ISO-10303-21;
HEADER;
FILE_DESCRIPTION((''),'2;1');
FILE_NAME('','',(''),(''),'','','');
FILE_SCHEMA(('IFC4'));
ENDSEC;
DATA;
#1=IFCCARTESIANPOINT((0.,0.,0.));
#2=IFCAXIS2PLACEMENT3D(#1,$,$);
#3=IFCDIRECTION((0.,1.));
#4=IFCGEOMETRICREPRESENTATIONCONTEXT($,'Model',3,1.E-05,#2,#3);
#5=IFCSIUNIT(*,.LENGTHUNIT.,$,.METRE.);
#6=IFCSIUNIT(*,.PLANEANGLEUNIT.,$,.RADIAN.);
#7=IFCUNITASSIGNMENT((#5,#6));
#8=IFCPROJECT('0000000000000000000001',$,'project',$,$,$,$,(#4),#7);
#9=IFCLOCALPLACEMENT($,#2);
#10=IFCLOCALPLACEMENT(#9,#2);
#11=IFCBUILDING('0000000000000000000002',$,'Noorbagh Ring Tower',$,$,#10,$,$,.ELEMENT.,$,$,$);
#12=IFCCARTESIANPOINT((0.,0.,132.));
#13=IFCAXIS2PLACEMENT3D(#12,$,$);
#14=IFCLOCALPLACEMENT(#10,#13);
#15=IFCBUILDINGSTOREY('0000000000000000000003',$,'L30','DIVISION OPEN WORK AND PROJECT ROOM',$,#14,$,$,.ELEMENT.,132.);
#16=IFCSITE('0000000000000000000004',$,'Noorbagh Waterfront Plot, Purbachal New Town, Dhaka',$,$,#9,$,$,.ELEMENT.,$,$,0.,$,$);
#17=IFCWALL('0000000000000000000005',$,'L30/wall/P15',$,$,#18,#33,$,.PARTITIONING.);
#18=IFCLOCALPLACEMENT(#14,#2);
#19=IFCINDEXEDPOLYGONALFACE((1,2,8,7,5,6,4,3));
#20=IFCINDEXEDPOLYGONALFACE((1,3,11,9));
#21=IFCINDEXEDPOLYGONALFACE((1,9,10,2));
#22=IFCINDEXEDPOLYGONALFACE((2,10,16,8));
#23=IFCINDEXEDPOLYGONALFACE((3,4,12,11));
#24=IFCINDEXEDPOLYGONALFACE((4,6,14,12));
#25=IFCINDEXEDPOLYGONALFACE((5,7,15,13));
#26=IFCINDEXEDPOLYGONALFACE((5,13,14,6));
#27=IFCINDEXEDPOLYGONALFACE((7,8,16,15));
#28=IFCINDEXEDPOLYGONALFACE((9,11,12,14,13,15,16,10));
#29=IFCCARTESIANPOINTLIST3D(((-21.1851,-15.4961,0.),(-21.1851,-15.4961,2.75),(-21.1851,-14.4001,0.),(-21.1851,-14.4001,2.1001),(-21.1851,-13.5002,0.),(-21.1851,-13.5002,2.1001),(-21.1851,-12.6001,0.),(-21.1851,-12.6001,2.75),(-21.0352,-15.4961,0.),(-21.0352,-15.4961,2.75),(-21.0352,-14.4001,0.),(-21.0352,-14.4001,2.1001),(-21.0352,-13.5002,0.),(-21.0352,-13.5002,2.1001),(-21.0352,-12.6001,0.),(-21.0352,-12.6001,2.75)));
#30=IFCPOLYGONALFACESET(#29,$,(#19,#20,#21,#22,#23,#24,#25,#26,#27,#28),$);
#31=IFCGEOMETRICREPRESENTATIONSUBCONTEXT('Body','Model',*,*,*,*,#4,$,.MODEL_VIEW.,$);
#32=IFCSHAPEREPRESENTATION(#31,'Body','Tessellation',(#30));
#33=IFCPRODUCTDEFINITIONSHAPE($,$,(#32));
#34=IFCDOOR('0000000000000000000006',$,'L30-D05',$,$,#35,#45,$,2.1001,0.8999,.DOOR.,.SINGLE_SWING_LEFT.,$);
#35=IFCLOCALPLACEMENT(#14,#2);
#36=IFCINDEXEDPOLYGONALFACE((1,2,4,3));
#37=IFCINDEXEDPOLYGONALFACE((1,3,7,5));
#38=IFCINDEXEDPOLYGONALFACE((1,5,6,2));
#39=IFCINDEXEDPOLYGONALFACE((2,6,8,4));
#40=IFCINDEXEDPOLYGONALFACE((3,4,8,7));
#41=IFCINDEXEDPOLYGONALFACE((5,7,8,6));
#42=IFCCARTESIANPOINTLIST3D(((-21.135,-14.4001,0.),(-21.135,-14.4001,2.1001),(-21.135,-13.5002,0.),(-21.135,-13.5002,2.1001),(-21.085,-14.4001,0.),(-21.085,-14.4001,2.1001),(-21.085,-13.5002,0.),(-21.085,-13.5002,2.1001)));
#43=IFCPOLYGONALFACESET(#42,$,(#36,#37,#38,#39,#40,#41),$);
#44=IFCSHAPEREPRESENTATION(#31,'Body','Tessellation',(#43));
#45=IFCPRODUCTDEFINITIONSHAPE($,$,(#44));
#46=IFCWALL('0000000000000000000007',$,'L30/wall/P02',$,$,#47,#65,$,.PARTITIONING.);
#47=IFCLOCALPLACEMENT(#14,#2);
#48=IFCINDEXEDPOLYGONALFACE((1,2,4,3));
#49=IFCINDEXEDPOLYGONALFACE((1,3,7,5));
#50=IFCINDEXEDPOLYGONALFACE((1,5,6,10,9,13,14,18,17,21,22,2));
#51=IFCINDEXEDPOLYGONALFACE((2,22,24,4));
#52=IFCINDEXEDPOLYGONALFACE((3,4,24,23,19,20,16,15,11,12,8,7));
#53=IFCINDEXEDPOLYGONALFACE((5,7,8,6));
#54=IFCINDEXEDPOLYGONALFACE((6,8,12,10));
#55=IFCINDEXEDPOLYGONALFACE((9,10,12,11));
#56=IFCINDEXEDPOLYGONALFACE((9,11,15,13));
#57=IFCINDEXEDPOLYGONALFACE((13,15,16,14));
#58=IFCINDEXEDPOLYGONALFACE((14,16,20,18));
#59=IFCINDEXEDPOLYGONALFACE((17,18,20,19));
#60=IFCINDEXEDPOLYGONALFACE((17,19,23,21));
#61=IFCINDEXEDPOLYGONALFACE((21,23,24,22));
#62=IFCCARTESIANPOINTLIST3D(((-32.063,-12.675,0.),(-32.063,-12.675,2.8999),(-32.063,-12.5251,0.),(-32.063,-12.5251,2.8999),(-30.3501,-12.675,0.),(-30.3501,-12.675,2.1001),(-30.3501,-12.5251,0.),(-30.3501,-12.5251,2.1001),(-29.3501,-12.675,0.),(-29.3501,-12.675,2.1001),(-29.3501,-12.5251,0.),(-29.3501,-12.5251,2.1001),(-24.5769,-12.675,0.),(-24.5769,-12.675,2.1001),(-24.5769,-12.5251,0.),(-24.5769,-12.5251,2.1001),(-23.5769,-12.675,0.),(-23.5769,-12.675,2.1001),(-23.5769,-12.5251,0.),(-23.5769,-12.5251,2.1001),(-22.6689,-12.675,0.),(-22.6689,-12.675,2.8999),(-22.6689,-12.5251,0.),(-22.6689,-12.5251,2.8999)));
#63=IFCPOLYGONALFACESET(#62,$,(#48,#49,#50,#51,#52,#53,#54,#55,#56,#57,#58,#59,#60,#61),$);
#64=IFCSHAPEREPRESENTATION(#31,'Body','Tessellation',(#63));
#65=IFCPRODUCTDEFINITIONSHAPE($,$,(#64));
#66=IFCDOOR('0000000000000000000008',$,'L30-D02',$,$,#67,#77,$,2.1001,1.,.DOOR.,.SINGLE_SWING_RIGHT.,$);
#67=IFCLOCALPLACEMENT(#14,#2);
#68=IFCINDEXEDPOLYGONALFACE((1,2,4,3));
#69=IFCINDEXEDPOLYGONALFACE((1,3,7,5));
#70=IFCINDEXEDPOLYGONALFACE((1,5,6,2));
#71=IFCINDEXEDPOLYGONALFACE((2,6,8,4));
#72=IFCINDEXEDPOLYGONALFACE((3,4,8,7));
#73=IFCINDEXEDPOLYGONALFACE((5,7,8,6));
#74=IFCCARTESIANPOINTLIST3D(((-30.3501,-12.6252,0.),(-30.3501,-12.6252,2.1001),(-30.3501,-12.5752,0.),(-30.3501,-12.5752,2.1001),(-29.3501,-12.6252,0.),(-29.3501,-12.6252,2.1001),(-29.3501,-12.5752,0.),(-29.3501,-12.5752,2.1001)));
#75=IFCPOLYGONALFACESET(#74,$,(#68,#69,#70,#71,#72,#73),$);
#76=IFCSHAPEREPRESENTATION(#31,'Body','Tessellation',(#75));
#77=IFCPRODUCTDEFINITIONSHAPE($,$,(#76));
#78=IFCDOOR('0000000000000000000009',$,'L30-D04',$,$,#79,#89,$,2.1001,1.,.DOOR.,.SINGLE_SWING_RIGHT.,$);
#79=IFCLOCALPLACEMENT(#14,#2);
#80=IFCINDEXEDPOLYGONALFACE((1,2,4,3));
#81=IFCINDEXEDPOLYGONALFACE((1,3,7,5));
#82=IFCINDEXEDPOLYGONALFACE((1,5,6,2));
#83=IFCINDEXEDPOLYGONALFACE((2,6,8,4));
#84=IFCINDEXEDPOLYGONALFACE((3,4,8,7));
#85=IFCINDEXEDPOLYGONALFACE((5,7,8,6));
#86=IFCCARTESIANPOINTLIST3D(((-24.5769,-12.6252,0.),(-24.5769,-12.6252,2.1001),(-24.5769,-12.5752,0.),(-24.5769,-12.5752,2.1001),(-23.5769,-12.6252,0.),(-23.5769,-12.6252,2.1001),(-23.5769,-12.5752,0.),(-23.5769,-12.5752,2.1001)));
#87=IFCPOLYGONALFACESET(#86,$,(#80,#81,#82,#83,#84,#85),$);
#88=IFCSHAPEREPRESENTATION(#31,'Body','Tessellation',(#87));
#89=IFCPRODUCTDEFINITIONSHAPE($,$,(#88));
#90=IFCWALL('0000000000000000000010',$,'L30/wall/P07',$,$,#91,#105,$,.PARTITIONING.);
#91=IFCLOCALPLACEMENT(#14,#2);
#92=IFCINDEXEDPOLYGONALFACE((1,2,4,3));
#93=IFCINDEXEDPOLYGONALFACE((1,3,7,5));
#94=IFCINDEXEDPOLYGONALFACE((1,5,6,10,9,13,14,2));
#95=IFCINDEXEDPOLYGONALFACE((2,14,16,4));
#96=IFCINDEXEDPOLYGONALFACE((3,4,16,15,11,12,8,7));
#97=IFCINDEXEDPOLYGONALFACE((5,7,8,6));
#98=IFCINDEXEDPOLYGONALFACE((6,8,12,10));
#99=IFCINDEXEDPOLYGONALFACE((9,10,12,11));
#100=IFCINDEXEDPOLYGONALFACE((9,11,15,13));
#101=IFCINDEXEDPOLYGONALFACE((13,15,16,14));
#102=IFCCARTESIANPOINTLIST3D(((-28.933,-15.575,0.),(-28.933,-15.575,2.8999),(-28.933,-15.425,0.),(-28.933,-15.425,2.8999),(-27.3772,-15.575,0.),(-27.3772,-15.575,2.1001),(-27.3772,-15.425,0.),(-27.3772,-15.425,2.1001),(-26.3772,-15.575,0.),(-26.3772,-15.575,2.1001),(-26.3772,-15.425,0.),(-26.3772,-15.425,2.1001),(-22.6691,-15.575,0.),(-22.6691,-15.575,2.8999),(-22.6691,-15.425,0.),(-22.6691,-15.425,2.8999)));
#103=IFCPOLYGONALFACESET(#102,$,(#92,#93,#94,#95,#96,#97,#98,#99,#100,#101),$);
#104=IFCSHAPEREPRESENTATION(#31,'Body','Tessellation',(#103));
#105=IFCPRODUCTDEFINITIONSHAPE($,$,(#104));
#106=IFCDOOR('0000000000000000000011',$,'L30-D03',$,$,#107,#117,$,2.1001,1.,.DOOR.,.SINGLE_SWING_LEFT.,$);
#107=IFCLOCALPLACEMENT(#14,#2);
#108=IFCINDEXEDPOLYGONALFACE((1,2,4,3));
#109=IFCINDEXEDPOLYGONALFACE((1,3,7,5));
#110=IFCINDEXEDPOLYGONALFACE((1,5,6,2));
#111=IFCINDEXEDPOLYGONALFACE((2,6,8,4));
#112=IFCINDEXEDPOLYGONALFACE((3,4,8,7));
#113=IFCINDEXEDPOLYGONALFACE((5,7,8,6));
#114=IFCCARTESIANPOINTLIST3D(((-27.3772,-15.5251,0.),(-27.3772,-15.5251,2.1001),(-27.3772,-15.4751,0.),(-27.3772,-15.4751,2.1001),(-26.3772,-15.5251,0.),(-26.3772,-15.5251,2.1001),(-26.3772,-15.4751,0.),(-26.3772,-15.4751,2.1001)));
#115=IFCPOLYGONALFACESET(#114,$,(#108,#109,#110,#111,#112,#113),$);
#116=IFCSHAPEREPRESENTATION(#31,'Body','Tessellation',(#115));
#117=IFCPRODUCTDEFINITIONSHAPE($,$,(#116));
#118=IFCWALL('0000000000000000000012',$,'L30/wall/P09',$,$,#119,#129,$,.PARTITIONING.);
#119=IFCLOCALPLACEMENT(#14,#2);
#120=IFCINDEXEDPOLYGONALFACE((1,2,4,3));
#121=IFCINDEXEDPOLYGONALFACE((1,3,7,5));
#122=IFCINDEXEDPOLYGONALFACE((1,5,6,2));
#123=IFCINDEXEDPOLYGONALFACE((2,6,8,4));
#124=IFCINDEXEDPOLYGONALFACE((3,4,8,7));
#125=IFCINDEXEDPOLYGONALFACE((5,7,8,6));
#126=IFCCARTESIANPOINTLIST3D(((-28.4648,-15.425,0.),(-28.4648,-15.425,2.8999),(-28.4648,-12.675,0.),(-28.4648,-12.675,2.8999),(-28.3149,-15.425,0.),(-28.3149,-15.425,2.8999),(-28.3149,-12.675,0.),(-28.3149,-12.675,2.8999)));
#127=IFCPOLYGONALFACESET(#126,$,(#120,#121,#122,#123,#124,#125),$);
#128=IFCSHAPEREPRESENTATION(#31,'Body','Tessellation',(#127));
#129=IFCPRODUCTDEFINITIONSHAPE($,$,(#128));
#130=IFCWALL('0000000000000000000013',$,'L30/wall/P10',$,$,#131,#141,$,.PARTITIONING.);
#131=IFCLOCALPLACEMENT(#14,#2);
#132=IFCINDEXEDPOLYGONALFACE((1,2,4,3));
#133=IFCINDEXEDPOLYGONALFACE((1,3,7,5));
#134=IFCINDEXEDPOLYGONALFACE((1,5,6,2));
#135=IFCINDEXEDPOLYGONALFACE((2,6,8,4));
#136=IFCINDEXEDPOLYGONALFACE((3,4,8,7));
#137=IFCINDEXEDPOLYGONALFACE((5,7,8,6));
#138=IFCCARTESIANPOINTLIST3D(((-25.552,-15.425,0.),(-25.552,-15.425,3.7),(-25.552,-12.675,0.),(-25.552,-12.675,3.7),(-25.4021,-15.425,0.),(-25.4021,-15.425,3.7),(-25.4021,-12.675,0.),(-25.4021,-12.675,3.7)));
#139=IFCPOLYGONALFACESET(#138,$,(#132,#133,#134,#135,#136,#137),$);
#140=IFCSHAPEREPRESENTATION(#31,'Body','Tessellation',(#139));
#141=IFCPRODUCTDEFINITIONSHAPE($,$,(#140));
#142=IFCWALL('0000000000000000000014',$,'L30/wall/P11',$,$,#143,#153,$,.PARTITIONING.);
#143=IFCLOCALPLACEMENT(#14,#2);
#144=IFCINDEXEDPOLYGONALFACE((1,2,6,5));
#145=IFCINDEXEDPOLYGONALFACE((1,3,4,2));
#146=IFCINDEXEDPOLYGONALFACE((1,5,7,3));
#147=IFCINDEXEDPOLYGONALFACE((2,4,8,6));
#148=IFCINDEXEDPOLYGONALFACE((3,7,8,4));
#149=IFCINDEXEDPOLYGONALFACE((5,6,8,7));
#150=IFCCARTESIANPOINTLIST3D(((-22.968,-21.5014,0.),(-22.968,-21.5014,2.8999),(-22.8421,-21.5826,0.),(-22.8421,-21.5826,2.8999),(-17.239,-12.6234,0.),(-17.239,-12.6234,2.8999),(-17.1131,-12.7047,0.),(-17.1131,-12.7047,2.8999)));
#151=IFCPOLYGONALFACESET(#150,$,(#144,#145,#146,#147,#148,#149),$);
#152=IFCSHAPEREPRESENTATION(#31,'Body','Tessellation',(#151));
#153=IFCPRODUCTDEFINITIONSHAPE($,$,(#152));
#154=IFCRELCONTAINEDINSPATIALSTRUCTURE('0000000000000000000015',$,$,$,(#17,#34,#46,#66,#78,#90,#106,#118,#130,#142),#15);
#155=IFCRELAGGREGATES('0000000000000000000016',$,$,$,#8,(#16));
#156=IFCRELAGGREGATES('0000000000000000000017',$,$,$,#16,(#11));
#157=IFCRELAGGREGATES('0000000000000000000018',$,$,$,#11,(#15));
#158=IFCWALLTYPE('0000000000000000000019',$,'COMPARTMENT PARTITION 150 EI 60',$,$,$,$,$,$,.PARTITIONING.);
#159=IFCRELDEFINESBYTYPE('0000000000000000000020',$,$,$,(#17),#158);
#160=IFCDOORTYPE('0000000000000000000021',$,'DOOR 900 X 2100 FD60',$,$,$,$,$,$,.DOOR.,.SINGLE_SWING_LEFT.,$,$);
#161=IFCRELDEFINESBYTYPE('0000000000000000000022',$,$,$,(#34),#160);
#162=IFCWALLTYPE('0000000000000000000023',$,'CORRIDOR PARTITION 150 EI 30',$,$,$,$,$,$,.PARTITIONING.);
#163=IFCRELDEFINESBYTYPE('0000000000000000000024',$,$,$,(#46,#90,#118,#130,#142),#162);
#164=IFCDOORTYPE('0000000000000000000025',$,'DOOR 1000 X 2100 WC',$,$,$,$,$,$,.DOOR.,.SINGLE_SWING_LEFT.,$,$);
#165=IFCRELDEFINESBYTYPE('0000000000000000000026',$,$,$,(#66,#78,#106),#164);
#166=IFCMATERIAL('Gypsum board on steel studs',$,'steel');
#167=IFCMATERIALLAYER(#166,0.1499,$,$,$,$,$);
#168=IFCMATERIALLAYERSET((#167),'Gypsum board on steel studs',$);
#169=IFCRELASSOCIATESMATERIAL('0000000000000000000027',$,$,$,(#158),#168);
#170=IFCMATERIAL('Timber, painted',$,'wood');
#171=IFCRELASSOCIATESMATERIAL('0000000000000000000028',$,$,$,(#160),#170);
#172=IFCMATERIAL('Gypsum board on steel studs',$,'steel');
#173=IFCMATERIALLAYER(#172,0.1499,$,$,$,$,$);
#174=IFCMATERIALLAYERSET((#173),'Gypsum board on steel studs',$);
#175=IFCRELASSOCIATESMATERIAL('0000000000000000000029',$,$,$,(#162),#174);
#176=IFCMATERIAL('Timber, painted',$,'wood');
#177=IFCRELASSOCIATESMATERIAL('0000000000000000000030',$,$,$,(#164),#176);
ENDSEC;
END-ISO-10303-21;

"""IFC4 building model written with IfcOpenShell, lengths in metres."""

from ifc_helpers import new_model, si_unit, direction, frame, frame_2d, origin, place, context, subcontext, project, spatial, rectangle, extrude, material, layer, layer_set, type_object, element, fill, save


model = new_model("IFC4")

# Units and contexts
model_context = context("Model", 3, precision=1e-05, world=origin(), true_north=direction((0.0, 1.0)))
body_context = subcontext(model_context, "Body", "Model", "MODEL_VIEW")
ifc_project = project(units=[si_unit("LENGTHUNIT", "METRE"), si_unit("PLANEANGLEUNIT", "RADIAN")], contexts=[model_context])

# Site, building, storey
site_placement = place(None, origin())
site = spatial("IfcSite", under=ifc_project, at=site_placement, Name="Noorbagh Waterfront Plot, Purbachal New Town, Dhaka", CompositionType="ELEMENT", RefElevation=0.0)
building_placement = place(site_placement, origin())
building = spatial("IfcBuilding", under=site, at=building_placement, Name="Noorbagh Ring Tower", CompositionType="ELEMENT")
storey_placement = place(building_placement, frame((0.0, 0.0, 132.0)))
storey = spatial("IfcBuildingStorey", under=building, at=storey_placement, Name="L30", Description="DIVISION OPEN WORK AND PROJECT ROOM", CompositionType="ELEMENT", Elevation=132.0)

# Shared definitions
ifc_material_1 = material(Name="Gypsum board on steel studs", Category="steel")
ifc_layer_1 = layer(ifc_material_1, 0.1499)
ifc_layer_set_1 = layer_set([ifc_layer_1], Name="Gypsum board on steel studs")
wall_type_1 = type_object("IfcWallType", Name="COMPARTMENT PARTITION 150 EI 60", PredefinedType="PARTITIONING", material=ifc_layer_set_1)

# Wall, opening, door
wall_1_placement = place(storey_placement, frame((-21.1101, -15.4961, 0.0), z_axis=(0.0, 0.0, 1.0), x_axis=(0.0, 1.0, 0.0)))
wall_1 = element("IfcWall", 1, at=wall_1_placement, inside=storey, type_object=wall_type_1, Name="L30/wall/P15", PredefinedType="PARTITIONING", context=body_context, shape_type="SweptSolid", body=[
    extrude(rectangle(XDim=2.896, YDim=0.1499, at=frame_2d((1.448, 0.0))), origin(), (0.0, 0.0, 1.0), 2.75),
])
opening_1_placement = place(wall_1_placement, frame((1.0959, 0.0, 0.0)))
opening_1 = element("IfcOpeningElement", 2, at=opening_1_placement, cuts=wall_1, PredefinedType="OPENING", context=body_context, shape_type="SweptSolid", body=[
    extrude(rectangle(XDim=0.8999, YDim=2.1001, at=frame_2d((0.45, 1.05))), frame((0.0, 0.085, 0.0), z_axis=(0.0, -1.0, 0.0), x_axis=(1.0, 0.0, 0.0)), (0.0, 0.0, 1.0), 0.1699),
])
ifc_material_2 = material(Name="Timber, painted", Category="wood")
door_type_1 = type_object("IfcDoorType", Name="DOOR 900 X 2100 FD60", OperationType="SINGLE_SWING_LEFT", PredefinedType="DOOR", material=ifc_material_2)
door_1_placement = place(opening_1_placement, origin())
door_1 = element("IfcDoor", 3, at=door_1_placement, inside=storey, type_object=door_type_1, Name="L30-D05", OperationType="SINGLE_SWING_LEFT", OverallHeight=2.1001, OverallWidth=0.8999, PredefinedType="DOOR", context=body_context, shape_type="SweptSolid", body=[
    extrude(rectangle(XDim=0.8999, YDim=2.1001, at=frame_2d((0.45, 1.05))), frame((0.0, 0.0249, 0.0), z_axis=(0.0, -1.0, 0.0), x_axis=(1.0, 0.0, 0.0)), (0.0, 0.0, 1.0), 0.05),
])
fill(opening_1, door_1)

# Wall, openings, doors
ifc_material_3 = material(Name="Gypsum board on steel studs", Category="steel")
ifc_layer_2 = layer(ifc_material_3, 0.1499)
ifc_layer_set_2 = layer_set([ifc_layer_2], Name="Gypsum board on steel studs")
wall_type_2 = type_object("IfcWallType", Name="CORRIDOR PARTITION 150 EI 30", PredefinedType="PARTITIONING", material=ifc_layer_set_2)
wall_2_placement = place(storey_placement, frame((-32.063, -12.6001, 0.0), z_axis=(0.0, 0.0, 1.0), x_axis=(1.0, 0.0, 0.0)))
wall_2 = element("IfcWall", 4, at=wall_2_placement, inside=storey, type_object=wall_type_2, Name="L30/wall/P02", PredefinedType="PARTITIONING", context=body_context, shape_type="SweptSolid", body=[
    extrude(rectangle(XDim=9.394, YDim=0.1499, at=frame_2d((4.697, 0.0))), origin(), (0.0, 0.0, 1.0), 2.8999),
])
opening_2_placement = place(wall_2_placement, frame((1.7129, 0.0, 0.0)))
opening_2 = element("IfcOpeningElement", 5, at=opening_2_placement, cuts=wall_2, PredefinedType="OPENING", context=body_context, shape_type="SweptSolid", body=[
    extrude(rectangle(XDim=1.0, YDim=2.1001, at=frame_2d((0.5, 1.05))), frame((0.0, 0.085, 0.0), z_axis=(0.0, -1.0, 0.0), x_axis=(1.0, 0.0, 0.0)), (0.0, 0.0, 1.0), 0.1699),
])
opening_3_placement = place(wall_2_placement, frame((7.4861, 0.0, 0.0)))
opening_3 = element("IfcOpeningElement", 6, at=opening_3_placement, cuts=wall_2, PredefinedType="OPENING", context=body_context, shape_type="SweptSolid", body=[
    extrude(rectangle(XDim=1.0, YDim=2.1001, at=frame_2d((0.5, 1.05))), frame((0.0, 0.085, 0.0), z_axis=(0.0, -1.0, 0.0), x_axis=(1.0, 0.0, 0.0)), (0.0, 0.0, 1.0), 0.1699),
])
ifc_material_4 = material(Name="Timber, painted", Category="wood")
door_type_2 = type_object("IfcDoorType", Name="DOOR 1000 X 2100 WC", OperationType="SINGLE_SWING_LEFT", PredefinedType="DOOR", material=ifc_material_4)
door_2_placement = place(opening_2_placement, origin())
door_2 = element("IfcDoor", 7, at=door_2_placement, inside=storey, type_object=door_type_2, Name="L30-D02", OperationType="SINGLE_SWING_RIGHT", OverallHeight=2.1001, OverallWidth=1.0, PredefinedType="DOOR", context=body_context, shape_type="SweptSolid", body=[
    extrude(rectangle(XDim=1.0, YDim=2.1001, at=frame_2d((0.5, 1.05))), frame((0.0, 0.0249, 0.0), z_axis=(0.0, -1.0, 0.0), x_axis=(1.0, 0.0, 0.0)), (0.0, 0.0, 1.0), 0.05),
])
fill(opening_2, door_2)
door_3_placement = place(opening_3_placement, origin())
door_3 = element("IfcDoor", 8, at=door_3_placement, inside=storey, type_object=door_type_2, Name="L30-D04", OperationType="SINGLE_SWING_RIGHT", OverallHeight=2.1001, OverallWidth=1.0, PredefinedType="DOOR", context=body_context, shape_type="SweptSolid", body=[
    extrude(rectangle(XDim=1.0, YDim=2.1001, at=frame_2d((0.5, 1.05))), frame((0.0, 0.0249, 0.0), z_axis=(0.0, -1.0, 0.0), x_axis=(1.0, 0.0, 0.0)), (0.0, 0.0, 1.0), 0.05),
])
fill(opening_3, door_3)

# Wall, opening, door
wall_3_placement = place(storey_placement, frame((-28.9329, -15.5, 0.0), z_axis=(0.0, 0.0, 1.0), x_axis=(1.0, 0.0, 0.0)))
wall_3 = element("IfcWall", 9, at=wall_3_placement, inside=storey, type_object=wall_type_2, Name="L30/wall/P07", PredefinedType="PARTITIONING", context=body_context, shape_type="SweptSolid", body=[
    extrude(rectangle(XDim=6.2639, YDim=0.1499, at=frame_2d((3.1318, 0.0))), origin(), (0.0, 0.0, 1.0), 2.8999),
])
opening_4_placement = place(wall_3_placement, frame((1.5557, 0.0, 0.0)))
opening_4 = element("IfcOpeningElement", 10, at=opening_4_placement, cuts=wall_3, PredefinedType="OPENING", context=body_context, shape_type="SweptSolid", body=[
    extrude(rectangle(XDim=1.0, YDim=2.1001, at=frame_2d((0.5, 1.05))), frame((0.0, 0.085, 0.0), z_axis=(0.0, -1.0, 0.0), x_axis=(1.0, 0.0, 0.0)), (0.0, 0.0, 1.0), 0.1699),
])
door_4_placement = place(opening_4_placement, origin())
door_4 = element("IfcDoor", 11, at=door_4_placement, inside=storey, type_object=door_type_2, Name="L30-D03", OperationType="SINGLE_SWING_LEFT", OverallHeight=2.1001, OverallWidth=1.0, PredefinedType="DOOR", context=body_context, shape_type="SweptSolid", body=[
    extrude(rectangle(XDim=1.0, YDim=2.1001, at=frame_2d((0.5, 1.05))), frame((0.0, 0.0249, 0.0), z_axis=(0.0, -1.0, 0.0), x_axis=(1.0, 0.0, 0.0)), (0.0, 0.0, 1.0), 0.05),
])
fill(opening_4, door_4)

# Walls
wall_4_placement = place(storey_placement, frame((-28.3899, -15.425, 0.0), z_axis=(0.0, 0.0, 1.0), x_axis=(0.0, 1.0, 0.0)))
element("IfcWall", 12, at=wall_4_placement, inside=storey, type_object=wall_type_2, Name="L30/wall/P09", PredefinedType="PARTITIONING", context=body_context, shape_type="SweptSolid", body=[
    extrude(rectangle(XDim=2.75, YDim=0.1499, at=frame_2d((1.375, 0.0))), origin(), (0.0, 0.0, 1.0), 2.8999),
])
wall_5_placement = place(storey_placement, frame((-25.4771, -15.425, 0.0), z_axis=(0.0, 0.0, 1.0), x_axis=(0.0, 1.0, 0.0)))
element("IfcWall", 13, at=wall_5_placement, inside=storey, type_object=wall_type_2, Name="L30/wall/P10", PredefinedType="PARTITIONING", context=body_context, shape_type="SweptSolid", body=[
    extrude(rectangle(XDim=2.75, YDim=0.1499, at=frame_2d((1.375, 0.0))), origin(), (0.0, 0.0, 1.0), 3.7),
])
wall_6_placement = place(storey_placement, frame((-22.905, -21.542, 0.0), z_axis=(0.0, 0.0, 1.0), x_axis=(0.542214, 0.84024, 0.0)))
element("IfcWall", 14, at=wall_6_placement, inside=storey, type_object=wall_type_2, Name="L30/wall/P11", PredefinedType="PARTITIONING", context=body_context, shape_type="SweptSolid", body=[
    extrude(rectangle(XDim=10.5659, YDim=0.1499, at=frame_2d((5.283, 0.0))), origin(), (0.0, 0.0, 1.0), 2.8999),
])

save(model, "model.ifc")
